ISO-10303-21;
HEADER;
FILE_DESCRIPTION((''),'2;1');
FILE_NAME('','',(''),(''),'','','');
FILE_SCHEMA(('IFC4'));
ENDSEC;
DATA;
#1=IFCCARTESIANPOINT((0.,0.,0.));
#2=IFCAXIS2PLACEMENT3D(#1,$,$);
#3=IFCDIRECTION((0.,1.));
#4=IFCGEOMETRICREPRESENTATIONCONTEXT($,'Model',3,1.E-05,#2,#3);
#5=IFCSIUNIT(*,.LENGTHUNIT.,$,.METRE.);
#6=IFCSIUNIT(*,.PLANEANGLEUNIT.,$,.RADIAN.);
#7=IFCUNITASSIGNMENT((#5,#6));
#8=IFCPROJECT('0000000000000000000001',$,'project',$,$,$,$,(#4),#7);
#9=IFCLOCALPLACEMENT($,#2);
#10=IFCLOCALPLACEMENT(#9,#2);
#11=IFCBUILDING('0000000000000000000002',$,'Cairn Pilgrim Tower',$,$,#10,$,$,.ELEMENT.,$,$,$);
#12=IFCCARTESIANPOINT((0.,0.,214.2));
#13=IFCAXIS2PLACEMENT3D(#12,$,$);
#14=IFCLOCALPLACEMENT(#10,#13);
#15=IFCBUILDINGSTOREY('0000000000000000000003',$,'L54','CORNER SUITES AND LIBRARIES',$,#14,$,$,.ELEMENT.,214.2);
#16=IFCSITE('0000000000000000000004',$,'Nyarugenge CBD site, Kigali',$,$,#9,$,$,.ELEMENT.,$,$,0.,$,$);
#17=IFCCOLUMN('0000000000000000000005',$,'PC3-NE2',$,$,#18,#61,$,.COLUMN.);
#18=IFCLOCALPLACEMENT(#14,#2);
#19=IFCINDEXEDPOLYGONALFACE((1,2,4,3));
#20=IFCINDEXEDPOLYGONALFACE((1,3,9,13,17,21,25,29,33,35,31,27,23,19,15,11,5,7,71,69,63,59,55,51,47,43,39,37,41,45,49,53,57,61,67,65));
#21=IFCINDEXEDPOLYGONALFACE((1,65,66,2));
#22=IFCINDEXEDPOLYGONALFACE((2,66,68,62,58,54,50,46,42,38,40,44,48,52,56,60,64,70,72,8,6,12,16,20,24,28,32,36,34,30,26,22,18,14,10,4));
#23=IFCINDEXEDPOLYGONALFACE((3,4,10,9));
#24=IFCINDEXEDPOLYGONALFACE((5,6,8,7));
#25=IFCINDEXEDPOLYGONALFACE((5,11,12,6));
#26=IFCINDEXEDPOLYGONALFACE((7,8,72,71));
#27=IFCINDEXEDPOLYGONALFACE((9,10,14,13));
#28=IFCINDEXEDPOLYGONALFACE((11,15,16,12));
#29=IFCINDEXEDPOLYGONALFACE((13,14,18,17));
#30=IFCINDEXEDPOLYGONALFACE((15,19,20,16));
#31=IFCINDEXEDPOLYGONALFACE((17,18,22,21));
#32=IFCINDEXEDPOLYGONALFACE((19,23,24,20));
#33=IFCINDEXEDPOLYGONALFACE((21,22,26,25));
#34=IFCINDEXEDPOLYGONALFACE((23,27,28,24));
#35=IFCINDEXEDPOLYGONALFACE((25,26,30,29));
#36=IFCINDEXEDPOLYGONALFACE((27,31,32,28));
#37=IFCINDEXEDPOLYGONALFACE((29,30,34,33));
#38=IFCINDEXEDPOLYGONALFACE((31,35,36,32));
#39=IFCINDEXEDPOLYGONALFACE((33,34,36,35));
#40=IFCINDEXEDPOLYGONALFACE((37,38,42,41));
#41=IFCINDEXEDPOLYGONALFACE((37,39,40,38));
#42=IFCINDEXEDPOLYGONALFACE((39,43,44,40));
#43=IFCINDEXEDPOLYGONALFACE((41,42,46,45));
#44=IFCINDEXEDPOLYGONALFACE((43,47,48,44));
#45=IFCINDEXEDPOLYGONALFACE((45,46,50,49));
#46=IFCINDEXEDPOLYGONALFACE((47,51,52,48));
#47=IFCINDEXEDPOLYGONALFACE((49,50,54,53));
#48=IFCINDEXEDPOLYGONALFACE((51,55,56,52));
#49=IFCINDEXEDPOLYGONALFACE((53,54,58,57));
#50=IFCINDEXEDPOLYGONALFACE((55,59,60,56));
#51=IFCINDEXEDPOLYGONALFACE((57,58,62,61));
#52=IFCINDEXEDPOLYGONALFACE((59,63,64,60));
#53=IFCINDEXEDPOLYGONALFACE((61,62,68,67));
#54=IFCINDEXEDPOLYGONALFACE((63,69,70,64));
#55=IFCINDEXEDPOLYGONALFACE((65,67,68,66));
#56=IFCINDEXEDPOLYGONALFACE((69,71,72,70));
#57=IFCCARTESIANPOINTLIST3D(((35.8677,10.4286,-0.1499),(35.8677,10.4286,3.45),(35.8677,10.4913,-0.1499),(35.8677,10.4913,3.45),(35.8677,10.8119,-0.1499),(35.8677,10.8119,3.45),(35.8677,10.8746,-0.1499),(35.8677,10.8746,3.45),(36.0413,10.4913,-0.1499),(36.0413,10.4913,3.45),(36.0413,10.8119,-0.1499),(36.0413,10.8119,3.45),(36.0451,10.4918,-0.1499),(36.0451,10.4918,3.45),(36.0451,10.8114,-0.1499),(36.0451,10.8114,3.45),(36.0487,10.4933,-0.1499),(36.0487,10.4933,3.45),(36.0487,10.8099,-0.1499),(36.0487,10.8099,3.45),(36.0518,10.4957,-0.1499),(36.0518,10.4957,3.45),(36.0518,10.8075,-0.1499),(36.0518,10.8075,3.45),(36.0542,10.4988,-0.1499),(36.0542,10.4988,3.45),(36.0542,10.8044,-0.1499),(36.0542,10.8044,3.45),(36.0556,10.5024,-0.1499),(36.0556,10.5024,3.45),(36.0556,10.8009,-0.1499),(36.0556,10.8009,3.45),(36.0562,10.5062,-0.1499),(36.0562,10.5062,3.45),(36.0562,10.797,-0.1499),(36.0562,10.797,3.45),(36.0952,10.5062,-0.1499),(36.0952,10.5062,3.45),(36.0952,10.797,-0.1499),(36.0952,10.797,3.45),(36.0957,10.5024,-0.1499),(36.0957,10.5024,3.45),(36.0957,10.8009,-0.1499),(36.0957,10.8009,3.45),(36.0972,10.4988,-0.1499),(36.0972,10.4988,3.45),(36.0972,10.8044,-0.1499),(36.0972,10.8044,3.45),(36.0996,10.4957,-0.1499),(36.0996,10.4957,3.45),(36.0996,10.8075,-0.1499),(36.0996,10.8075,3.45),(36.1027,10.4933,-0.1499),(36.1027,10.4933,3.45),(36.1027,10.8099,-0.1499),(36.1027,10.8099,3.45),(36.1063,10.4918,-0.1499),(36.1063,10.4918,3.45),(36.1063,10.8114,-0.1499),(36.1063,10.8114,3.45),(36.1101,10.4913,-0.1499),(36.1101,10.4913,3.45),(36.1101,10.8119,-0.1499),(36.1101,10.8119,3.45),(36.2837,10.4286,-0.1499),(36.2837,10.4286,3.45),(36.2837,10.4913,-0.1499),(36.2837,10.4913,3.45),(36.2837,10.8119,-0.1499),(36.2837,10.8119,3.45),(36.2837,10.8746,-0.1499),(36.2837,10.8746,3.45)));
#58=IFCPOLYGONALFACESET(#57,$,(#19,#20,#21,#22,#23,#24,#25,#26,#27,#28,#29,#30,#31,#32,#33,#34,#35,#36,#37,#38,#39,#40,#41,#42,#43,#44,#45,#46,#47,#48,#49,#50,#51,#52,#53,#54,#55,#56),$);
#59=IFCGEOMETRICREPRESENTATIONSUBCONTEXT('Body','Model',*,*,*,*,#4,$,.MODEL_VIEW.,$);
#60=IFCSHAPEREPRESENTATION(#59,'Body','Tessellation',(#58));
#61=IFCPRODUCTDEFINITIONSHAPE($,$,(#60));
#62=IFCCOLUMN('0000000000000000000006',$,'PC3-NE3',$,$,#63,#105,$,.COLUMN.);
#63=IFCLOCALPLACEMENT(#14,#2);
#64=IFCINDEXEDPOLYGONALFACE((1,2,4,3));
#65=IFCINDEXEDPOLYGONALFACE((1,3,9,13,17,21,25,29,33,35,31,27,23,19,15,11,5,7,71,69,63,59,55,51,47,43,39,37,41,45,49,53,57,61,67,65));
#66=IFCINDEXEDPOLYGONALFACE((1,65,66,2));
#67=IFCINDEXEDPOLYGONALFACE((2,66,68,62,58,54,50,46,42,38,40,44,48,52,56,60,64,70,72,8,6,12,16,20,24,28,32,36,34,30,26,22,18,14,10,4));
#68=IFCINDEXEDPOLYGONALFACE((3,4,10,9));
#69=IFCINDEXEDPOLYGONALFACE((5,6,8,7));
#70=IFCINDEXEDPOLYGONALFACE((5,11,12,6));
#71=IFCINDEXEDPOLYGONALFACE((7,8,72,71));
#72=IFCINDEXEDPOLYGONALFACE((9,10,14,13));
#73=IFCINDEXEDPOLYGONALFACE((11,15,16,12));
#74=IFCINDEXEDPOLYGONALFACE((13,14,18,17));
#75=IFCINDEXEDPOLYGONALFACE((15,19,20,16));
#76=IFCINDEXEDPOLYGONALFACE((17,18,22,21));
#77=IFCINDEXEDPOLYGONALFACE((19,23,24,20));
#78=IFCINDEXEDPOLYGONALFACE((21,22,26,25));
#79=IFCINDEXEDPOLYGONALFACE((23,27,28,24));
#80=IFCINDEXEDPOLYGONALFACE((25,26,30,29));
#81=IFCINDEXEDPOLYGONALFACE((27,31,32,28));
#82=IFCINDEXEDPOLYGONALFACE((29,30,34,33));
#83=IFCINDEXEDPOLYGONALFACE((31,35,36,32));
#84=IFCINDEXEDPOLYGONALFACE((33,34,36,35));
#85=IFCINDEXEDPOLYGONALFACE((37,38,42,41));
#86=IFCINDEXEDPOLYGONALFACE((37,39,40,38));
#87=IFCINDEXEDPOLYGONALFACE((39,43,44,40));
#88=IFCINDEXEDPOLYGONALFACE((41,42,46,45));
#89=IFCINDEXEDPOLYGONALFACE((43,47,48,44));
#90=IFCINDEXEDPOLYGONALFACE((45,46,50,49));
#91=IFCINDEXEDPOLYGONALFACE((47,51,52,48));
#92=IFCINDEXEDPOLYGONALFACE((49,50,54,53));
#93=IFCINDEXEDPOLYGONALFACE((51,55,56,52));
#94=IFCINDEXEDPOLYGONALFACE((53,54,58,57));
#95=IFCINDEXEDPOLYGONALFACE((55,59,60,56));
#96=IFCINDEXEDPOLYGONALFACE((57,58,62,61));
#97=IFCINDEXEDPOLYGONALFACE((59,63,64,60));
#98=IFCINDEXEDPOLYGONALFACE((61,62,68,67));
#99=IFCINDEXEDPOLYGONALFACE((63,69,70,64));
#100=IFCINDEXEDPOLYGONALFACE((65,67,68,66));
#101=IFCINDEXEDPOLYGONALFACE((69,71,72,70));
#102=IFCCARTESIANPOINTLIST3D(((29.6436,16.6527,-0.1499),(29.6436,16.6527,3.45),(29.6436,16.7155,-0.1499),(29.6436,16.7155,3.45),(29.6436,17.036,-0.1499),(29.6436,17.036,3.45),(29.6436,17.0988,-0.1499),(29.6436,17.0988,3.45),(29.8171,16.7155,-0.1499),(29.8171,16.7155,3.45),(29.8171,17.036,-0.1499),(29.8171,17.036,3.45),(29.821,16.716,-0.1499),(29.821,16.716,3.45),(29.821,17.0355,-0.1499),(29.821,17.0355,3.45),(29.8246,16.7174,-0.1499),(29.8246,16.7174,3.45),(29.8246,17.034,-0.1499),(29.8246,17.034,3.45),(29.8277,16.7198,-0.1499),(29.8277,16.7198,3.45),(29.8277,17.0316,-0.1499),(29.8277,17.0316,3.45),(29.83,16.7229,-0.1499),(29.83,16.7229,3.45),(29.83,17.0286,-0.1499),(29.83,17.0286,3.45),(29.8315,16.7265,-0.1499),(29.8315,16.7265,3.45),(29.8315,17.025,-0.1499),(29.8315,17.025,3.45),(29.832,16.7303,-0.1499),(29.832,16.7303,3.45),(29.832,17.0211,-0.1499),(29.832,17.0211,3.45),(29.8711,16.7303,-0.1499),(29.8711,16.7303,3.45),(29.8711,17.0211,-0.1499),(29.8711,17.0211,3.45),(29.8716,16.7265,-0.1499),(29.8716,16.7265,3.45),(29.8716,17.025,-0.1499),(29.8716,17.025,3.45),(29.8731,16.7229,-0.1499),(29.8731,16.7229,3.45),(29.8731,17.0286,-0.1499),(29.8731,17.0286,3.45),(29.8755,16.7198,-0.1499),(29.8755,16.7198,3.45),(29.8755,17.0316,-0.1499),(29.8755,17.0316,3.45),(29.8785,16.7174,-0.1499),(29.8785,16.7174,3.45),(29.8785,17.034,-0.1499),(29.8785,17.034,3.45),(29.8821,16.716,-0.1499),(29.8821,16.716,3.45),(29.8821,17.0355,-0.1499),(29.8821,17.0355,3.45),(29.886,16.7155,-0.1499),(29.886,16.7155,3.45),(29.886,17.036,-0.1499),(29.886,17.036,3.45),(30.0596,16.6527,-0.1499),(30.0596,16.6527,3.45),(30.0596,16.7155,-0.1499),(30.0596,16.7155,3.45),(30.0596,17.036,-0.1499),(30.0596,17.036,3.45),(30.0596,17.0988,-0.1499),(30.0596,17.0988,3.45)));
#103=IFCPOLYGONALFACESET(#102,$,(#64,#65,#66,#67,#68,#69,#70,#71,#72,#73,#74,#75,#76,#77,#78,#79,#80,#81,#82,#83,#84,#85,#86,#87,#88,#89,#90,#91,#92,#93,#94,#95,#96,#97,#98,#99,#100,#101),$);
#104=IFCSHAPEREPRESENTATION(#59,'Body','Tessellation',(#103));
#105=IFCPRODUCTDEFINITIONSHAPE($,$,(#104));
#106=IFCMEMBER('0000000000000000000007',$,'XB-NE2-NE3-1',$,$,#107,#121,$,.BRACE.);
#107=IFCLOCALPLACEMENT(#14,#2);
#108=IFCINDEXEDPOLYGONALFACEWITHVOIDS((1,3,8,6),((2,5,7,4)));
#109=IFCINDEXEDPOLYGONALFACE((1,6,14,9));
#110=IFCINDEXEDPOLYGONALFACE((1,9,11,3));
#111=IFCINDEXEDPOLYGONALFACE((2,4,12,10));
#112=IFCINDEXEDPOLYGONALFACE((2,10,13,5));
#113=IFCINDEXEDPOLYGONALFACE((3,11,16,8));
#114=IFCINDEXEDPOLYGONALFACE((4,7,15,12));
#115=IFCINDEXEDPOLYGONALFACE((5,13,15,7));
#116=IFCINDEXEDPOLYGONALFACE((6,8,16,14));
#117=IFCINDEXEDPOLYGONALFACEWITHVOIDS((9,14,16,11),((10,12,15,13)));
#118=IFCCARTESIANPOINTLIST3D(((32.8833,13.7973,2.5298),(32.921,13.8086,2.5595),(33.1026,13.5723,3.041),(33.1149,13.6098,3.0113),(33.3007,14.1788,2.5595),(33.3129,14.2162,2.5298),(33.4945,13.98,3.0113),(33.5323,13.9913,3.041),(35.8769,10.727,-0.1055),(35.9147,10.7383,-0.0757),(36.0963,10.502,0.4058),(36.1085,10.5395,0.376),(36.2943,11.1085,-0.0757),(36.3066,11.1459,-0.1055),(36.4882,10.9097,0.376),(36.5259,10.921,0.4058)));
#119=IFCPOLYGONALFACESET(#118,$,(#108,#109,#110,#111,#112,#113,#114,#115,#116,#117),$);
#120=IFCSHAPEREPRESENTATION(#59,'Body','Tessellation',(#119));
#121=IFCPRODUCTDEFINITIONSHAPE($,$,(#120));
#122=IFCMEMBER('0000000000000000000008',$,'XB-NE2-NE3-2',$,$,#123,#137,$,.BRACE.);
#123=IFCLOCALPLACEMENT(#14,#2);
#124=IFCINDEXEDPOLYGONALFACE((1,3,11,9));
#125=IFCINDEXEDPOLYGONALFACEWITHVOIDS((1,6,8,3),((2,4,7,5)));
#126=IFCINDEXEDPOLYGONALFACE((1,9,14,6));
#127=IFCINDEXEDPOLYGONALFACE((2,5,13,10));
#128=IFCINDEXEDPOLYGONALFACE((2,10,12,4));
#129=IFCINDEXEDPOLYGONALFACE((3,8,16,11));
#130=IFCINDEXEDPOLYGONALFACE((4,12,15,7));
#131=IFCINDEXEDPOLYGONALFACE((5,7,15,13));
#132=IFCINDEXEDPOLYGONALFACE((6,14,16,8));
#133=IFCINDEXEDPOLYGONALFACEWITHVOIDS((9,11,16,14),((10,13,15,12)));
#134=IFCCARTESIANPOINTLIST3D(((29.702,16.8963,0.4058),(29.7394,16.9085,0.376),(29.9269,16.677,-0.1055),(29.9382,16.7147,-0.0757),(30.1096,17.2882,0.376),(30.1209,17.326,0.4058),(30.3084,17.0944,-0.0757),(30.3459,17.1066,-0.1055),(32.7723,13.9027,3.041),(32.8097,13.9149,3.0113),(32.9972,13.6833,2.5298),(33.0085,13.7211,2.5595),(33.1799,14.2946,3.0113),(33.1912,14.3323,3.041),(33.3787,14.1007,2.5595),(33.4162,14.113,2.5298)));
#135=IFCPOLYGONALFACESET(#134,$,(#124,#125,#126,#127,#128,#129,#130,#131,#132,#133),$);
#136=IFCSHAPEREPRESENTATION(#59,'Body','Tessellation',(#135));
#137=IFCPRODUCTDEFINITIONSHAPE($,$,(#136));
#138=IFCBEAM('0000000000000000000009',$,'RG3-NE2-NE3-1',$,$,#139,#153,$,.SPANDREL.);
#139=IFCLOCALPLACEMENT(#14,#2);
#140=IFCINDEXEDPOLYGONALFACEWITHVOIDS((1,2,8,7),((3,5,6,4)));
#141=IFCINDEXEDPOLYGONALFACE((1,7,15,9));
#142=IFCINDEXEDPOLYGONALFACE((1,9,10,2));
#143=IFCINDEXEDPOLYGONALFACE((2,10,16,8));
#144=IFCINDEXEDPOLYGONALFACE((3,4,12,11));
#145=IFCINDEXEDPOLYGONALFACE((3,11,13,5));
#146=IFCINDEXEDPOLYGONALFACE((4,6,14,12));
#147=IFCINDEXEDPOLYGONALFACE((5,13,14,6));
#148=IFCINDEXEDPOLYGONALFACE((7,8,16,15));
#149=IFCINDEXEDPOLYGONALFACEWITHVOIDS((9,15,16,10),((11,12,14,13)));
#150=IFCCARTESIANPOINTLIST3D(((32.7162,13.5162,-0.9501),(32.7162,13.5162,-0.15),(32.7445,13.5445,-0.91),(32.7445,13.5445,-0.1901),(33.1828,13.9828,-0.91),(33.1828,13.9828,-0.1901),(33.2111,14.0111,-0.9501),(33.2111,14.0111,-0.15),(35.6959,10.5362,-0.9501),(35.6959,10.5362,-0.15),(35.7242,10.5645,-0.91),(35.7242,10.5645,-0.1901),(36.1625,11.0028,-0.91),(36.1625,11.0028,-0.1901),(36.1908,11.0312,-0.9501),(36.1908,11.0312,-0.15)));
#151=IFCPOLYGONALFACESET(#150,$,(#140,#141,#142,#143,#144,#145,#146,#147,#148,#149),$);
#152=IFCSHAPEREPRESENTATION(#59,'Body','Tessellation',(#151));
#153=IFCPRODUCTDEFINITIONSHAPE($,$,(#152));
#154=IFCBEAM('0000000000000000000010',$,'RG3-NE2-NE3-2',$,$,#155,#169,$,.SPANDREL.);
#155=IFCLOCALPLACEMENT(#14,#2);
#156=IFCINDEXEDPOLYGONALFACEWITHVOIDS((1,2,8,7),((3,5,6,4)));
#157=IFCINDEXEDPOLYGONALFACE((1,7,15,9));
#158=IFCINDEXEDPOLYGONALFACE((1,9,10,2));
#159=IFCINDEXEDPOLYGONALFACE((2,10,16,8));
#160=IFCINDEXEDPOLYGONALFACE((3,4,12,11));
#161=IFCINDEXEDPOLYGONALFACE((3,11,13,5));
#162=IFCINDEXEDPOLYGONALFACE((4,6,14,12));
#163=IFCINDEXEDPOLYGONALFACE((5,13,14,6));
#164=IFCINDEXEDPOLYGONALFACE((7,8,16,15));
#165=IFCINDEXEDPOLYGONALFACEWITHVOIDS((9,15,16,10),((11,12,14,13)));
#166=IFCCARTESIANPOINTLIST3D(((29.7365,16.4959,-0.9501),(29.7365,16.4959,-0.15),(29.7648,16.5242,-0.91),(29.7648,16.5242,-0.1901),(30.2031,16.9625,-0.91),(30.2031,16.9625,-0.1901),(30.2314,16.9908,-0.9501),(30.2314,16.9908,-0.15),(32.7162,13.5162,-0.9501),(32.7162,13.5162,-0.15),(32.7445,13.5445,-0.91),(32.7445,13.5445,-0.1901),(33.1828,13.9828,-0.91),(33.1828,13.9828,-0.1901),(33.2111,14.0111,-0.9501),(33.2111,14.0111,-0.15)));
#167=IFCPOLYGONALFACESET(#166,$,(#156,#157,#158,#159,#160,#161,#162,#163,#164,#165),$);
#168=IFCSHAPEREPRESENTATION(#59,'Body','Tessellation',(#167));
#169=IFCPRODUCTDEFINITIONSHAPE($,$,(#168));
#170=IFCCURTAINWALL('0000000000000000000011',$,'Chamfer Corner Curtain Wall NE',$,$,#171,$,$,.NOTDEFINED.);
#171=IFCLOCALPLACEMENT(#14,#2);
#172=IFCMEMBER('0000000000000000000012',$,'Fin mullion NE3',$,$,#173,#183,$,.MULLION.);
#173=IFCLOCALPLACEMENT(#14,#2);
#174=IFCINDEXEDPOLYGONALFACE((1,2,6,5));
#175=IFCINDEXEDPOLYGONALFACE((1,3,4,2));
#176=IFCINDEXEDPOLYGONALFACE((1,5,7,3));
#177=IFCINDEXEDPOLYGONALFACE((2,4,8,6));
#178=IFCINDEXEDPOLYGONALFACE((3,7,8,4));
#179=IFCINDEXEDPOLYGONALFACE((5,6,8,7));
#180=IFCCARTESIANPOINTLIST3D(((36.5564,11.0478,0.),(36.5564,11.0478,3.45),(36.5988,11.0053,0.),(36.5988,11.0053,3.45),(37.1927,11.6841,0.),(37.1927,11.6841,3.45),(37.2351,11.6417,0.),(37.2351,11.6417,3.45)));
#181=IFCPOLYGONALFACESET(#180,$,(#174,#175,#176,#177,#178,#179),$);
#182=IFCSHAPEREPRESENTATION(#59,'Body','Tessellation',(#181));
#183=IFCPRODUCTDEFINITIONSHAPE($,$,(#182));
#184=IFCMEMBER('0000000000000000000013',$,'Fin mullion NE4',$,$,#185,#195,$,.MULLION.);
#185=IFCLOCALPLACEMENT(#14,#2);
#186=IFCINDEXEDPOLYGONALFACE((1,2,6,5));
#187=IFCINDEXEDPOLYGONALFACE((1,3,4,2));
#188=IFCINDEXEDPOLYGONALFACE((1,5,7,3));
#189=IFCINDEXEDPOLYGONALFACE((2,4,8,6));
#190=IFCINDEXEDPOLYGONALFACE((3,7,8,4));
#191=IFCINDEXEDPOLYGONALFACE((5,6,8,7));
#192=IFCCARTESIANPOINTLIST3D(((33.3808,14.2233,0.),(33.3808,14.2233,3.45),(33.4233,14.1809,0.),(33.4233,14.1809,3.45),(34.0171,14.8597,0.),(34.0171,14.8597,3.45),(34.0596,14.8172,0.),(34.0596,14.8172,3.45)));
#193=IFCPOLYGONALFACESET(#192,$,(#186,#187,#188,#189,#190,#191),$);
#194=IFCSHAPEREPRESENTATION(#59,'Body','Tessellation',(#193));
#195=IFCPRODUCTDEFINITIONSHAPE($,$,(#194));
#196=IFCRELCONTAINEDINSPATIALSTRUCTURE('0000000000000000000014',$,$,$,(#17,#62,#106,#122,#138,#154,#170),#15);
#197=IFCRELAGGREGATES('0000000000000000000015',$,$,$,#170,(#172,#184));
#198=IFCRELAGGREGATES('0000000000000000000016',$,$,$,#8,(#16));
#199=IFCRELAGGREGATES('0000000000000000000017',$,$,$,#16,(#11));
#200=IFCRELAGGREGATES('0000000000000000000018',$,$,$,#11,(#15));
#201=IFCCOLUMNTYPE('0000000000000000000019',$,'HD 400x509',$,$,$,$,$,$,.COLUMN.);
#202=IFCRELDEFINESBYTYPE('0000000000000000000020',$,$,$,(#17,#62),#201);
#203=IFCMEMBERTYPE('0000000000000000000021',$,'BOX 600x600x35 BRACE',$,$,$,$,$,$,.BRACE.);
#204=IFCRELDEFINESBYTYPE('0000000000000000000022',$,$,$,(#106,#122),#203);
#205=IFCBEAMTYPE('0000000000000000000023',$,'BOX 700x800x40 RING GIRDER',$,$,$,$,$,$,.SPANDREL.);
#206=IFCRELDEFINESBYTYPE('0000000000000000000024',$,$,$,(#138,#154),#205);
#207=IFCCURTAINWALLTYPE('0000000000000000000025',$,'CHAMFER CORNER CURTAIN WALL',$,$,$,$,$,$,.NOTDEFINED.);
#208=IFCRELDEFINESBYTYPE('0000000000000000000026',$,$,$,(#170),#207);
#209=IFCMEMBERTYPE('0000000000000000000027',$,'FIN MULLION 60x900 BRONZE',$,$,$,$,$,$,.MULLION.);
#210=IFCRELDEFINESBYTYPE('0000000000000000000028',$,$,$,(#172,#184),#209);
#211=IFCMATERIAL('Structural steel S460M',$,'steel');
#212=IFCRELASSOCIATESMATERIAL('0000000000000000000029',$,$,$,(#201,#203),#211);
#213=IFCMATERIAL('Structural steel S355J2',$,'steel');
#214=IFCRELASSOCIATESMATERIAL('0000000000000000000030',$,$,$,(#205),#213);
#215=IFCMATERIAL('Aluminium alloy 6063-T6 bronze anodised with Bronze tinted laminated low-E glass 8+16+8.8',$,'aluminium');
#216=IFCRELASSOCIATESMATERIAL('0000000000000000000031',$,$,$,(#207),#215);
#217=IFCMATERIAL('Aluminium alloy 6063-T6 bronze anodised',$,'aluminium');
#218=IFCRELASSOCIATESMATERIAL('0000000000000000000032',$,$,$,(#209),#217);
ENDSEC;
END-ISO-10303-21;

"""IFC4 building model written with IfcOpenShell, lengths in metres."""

from ifc_helpers import new_model, si_unit, direction, frame, origin, origin_2d, place, context, subcontext, project, spatial, rectangle, hollow_rectangle, i_section, extrude, material, material_profile, profile_set, type_object, element, aggregate, save


model = new_model("IFC4")

# Units and contexts
model_context = context("Model", 3, precision=1e-05, world=origin(), true_north=direction((0.0, 1.0)))
body_context = subcontext(model_context, "Body", "Model", "MODEL_VIEW")
ifc_project = project(units=[si_unit("LENGTHUNIT", "METRE"), si_unit("PLANEANGLEUNIT", "RADIAN")], contexts=[model_context])

# Site, building, storey
site_placement = place(None, origin())
site = spatial("IfcSite", under=ifc_project, at=site_placement, Name="Nyarugenge CBD site, Kigali", CompositionType="ELEMENT", RefElevation=0.0)
building_placement = place(site_placement, origin())
building = spatial("IfcBuilding", under=site, at=building_placement, Name="Cairn Pilgrim Tower", CompositionType="ELEMENT")
storey_placement = place(building_placement, frame((0.0, 0.0, 214.2)))
storey = spatial("IfcBuildingStorey", under=building, at=storey_placement, Name="L54", Description="CORNER SUITES AND LIBRARIES", CompositionType="ELEMENT", Elevation=214.2)

# Columns
ifc_material_1 = material(Name="Structural steel S460M", Category="steel")
ifc_material_profile_1 = material_profile(ifc_material_1, i_section(OverallWidth=0.416, OverallDepth=0.446, WebThickness=0.0391, FlangeThickness=0.0627, FilletRadius=0.0149, at=origin_2d()), Name="HD 400x509")
ifc_profile_set_1 = profile_set([ifc_material_profile_1], Name="Structural steel S460M")
column_type = type_object("IfcColumnType", Name="HD 400x509", PredefinedType="COLUMN", material=ifc_profile_set_1)
for number, where, z_axis, x_axis, name in (
    (1, (36.0757, 10.6516, -0.1499), (0.0, 0.0, 1.0), (1.0, 0.0, 0.0), "PC3-NE2"),
    (2, (29.8516, 16.8757, -0.1499), (0.0, 0.0, 1.0), (1.0, 0.0, 0.0), "PC3-NE3"),
):
    element("IfcColumn", number, at=place(storey_placement, frame(where, z_axis=z_axis, x_axis=x_axis)), inside=storey, type_object=column_type, Name=name, PredefinedType="COLUMN", context=body_context, shape_type="SweptSolid", body=[
        extrude(i_section(OverallWidth=0.416, OverallDepth=0.446, WebThickness=0.0391, FlangeThickness=0.0627, FilletRadius=0.0149, at=origin_2d()), origin(), (0.0, 0.0, 1.0), 3.5999),
    ])

# Members
ifc_material_profile_2 = material_profile(ifc_material_1, hollow_rectangle(XDim=0.6001, YDim=0.6001, WallThickness=0.0349, at=origin_2d()), Name="BOX 600x600x35")
ifc_profile_set_2 = profile_set([ifc_material_profile_2], Name="Structural steel S460M")
member_type_1 = type_object("IfcMemberType", Name="BOX 600x600x35 BRACE", PredefinedType="BRACE", material=ifc_profile_set_2)
for number, where, z_axis, x_axis, name in (
    (3, (36.2014, 10.824, 0.1501), (-0.594778, 0.610009, 0.523572), (-0.715989, -0.698112, 0.0), "XB-NE2-NE3-1"),
    (4, (30.0239, 17.0015, 0.1501), (0.610009, -0.594778, 0.523572), (0.698112, 0.715989, 0.0), "XB-NE2-NE3-2"),
):
    element("IfcMember", number, at=place(storey_placement, frame(where, z_axis=z_axis, x_axis=x_axis)), inside=storey, type_object=member_type_1, Name=name, PredefinedType="BRACE", context=body_context, shape_type="SweptSolid", body=[
        extrude(hollow_rectangle(XDim=0.6001, YDim=0.6001, WallThickness=0.0349, at=origin_2d()), origin(), (0.0, 0.0, 1.0), 5.0332),
    ])

# Beams
ifc_material_2 = material(Name="Structural steel S355J2", Category="steel")
ifc_material_profile_3 = material_profile(ifc_material_2, hollow_rectangle(XDim=0.7, YDim=0.8, WallThickness=0.04, at=origin_2d()), Name="BOX 700x800x40")
ifc_profile_set_3 = profile_set([ifc_material_profile_3], Name="Structural steel S355J2")
beam_type_1 = type_object("IfcBeamType", Name="BOX 700x800x40 RING GIRDER", PredefinedType="SPANDREL", material=ifc_profile_set_3)
beam_1_placement = place(storey_placement, frame((35.9434, 10.7837, -0.55), z_axis=(-0.707078, 0.707136, 0.0), x_axis=(-0.707136, -0.707078, 0.0)))
element("IfcBeam", 5, at=beam_1_placement, inside=storey, type_object=beam_type_1, Name="RG3-NE2-NE3-1", PredefinedType="SPANDREL", context=body_context, shape_type="SweptSolid", body=[
    extrude(hollow_rectangle(XDim=0.7, YDim=0.8, WallThickness=0.04, at=origin_2d()), origin(), (0.0, 0.0, 1.0), 4.2141),
])
beam_2_placement = place(storey_placement, frame((32.9636, 13.7637, -0.55), z_axis=(-0.707107, 0.707107, 0.0), x_axis=(-0.707107, -0.707107, 0.0)))
element("IfcBeam", 6, at=beam_2_placement, inside=storey, type_object=beam_type_1, Name="RG3-NE2-NE3-2", PredefinedType="SPANDREL", context=body_context, shape_type="SweptSolid", body=[
    extrude(hollow_rectangle(XDim=0.7, YDim=0.8, WallThickness=0.04, at=origin_2d()), origin(), (0.0, 0.0, 1.0), 4.2139),
])

# Curtain wall, members
ifc_material_3 = material(Name="Aluminium alloy 6063-T6 bronze anodised with Bronze tinted laminated low-E glass 8+16+8.8", Category="aluminium")
curtain_wall_type = type_object("IfcCurtainWallType", Name="CHAMFER CORNER CURTAIN WALL", PredefinedType="NOTDEFINED", material=ifc_material_3)
curtain_wall_placement = place(storey_placement, origin())
curtain_wall = element("IfcCurtainWall", 7, at=curtain_wall_placement, inside=storey, type_object=curtain_wall_type, Name="Chamfer Corner Curtain Wall NE", PredefinedType="NOTDEFINED")
ifc_material_4 = material(Name="Aluminium alloy 6063-T6 bronze anodised", Category="aluminium")
ifc_material_profile_4 = material_profile(ifc_material_4, rectangle(XDim=0.8999, YDim=0.0601, at=origin_2d()), Name="FIN MULLION 60x900 BRONZE")
ifc_profile_set_4 = profile_set([ifc_material_profile_4], Name="Aluminium alloy 6063-T6 bronze anodised")
member_type_2 = type_object("IfcMemberType", Name="FIN MULLION 60x900 BRONZE", PredefinedType="MULLION", material=ifc_profile_set_4)
member_1_placement = place(storey_placement, frame((36.8958, 11.3447, 0.0), z_axis=(0.0, 0.0, 1.0), x_axis=(0.707107, 0.707107, 0.0)))
member_1 = element("IfcMember", 8, at=member_1_placement, type_object=member_type_2, Name="Fin mullion NE3", PredefinedType="MULLION", context=body_context, shape_type="SweptSolid", body=[
    extrude(rectangle(XDim=0.8999, YDim=0.0601, at=origin_2d()), origin(), (0.0, 0.0, 1.0), 3.45),
])
member_2_placement = place(storey_placement, frame((33.7202, 14.5203, 0.0), z_axis=(0.0, 0.0, 1.0), x_axis=(0.707107, 0.707107, 0.0)))
member_2 = element("IfcMember", 9, at=member_2_placement, type_object=member_type_2, Name="Fin mullion NE4", PredefinedType="MULLION", context=body_context, shape_type="SweptSolid", body=[
    extrude(rectangle(XDim=0.8999, YDim=0.0601, at=origin_2d()), origin(), (0.0, 0.0, 1.0), 3.45),
])

aggregate(curtain_wall, [member_1, member_2])

save(model, "model.ifc")
